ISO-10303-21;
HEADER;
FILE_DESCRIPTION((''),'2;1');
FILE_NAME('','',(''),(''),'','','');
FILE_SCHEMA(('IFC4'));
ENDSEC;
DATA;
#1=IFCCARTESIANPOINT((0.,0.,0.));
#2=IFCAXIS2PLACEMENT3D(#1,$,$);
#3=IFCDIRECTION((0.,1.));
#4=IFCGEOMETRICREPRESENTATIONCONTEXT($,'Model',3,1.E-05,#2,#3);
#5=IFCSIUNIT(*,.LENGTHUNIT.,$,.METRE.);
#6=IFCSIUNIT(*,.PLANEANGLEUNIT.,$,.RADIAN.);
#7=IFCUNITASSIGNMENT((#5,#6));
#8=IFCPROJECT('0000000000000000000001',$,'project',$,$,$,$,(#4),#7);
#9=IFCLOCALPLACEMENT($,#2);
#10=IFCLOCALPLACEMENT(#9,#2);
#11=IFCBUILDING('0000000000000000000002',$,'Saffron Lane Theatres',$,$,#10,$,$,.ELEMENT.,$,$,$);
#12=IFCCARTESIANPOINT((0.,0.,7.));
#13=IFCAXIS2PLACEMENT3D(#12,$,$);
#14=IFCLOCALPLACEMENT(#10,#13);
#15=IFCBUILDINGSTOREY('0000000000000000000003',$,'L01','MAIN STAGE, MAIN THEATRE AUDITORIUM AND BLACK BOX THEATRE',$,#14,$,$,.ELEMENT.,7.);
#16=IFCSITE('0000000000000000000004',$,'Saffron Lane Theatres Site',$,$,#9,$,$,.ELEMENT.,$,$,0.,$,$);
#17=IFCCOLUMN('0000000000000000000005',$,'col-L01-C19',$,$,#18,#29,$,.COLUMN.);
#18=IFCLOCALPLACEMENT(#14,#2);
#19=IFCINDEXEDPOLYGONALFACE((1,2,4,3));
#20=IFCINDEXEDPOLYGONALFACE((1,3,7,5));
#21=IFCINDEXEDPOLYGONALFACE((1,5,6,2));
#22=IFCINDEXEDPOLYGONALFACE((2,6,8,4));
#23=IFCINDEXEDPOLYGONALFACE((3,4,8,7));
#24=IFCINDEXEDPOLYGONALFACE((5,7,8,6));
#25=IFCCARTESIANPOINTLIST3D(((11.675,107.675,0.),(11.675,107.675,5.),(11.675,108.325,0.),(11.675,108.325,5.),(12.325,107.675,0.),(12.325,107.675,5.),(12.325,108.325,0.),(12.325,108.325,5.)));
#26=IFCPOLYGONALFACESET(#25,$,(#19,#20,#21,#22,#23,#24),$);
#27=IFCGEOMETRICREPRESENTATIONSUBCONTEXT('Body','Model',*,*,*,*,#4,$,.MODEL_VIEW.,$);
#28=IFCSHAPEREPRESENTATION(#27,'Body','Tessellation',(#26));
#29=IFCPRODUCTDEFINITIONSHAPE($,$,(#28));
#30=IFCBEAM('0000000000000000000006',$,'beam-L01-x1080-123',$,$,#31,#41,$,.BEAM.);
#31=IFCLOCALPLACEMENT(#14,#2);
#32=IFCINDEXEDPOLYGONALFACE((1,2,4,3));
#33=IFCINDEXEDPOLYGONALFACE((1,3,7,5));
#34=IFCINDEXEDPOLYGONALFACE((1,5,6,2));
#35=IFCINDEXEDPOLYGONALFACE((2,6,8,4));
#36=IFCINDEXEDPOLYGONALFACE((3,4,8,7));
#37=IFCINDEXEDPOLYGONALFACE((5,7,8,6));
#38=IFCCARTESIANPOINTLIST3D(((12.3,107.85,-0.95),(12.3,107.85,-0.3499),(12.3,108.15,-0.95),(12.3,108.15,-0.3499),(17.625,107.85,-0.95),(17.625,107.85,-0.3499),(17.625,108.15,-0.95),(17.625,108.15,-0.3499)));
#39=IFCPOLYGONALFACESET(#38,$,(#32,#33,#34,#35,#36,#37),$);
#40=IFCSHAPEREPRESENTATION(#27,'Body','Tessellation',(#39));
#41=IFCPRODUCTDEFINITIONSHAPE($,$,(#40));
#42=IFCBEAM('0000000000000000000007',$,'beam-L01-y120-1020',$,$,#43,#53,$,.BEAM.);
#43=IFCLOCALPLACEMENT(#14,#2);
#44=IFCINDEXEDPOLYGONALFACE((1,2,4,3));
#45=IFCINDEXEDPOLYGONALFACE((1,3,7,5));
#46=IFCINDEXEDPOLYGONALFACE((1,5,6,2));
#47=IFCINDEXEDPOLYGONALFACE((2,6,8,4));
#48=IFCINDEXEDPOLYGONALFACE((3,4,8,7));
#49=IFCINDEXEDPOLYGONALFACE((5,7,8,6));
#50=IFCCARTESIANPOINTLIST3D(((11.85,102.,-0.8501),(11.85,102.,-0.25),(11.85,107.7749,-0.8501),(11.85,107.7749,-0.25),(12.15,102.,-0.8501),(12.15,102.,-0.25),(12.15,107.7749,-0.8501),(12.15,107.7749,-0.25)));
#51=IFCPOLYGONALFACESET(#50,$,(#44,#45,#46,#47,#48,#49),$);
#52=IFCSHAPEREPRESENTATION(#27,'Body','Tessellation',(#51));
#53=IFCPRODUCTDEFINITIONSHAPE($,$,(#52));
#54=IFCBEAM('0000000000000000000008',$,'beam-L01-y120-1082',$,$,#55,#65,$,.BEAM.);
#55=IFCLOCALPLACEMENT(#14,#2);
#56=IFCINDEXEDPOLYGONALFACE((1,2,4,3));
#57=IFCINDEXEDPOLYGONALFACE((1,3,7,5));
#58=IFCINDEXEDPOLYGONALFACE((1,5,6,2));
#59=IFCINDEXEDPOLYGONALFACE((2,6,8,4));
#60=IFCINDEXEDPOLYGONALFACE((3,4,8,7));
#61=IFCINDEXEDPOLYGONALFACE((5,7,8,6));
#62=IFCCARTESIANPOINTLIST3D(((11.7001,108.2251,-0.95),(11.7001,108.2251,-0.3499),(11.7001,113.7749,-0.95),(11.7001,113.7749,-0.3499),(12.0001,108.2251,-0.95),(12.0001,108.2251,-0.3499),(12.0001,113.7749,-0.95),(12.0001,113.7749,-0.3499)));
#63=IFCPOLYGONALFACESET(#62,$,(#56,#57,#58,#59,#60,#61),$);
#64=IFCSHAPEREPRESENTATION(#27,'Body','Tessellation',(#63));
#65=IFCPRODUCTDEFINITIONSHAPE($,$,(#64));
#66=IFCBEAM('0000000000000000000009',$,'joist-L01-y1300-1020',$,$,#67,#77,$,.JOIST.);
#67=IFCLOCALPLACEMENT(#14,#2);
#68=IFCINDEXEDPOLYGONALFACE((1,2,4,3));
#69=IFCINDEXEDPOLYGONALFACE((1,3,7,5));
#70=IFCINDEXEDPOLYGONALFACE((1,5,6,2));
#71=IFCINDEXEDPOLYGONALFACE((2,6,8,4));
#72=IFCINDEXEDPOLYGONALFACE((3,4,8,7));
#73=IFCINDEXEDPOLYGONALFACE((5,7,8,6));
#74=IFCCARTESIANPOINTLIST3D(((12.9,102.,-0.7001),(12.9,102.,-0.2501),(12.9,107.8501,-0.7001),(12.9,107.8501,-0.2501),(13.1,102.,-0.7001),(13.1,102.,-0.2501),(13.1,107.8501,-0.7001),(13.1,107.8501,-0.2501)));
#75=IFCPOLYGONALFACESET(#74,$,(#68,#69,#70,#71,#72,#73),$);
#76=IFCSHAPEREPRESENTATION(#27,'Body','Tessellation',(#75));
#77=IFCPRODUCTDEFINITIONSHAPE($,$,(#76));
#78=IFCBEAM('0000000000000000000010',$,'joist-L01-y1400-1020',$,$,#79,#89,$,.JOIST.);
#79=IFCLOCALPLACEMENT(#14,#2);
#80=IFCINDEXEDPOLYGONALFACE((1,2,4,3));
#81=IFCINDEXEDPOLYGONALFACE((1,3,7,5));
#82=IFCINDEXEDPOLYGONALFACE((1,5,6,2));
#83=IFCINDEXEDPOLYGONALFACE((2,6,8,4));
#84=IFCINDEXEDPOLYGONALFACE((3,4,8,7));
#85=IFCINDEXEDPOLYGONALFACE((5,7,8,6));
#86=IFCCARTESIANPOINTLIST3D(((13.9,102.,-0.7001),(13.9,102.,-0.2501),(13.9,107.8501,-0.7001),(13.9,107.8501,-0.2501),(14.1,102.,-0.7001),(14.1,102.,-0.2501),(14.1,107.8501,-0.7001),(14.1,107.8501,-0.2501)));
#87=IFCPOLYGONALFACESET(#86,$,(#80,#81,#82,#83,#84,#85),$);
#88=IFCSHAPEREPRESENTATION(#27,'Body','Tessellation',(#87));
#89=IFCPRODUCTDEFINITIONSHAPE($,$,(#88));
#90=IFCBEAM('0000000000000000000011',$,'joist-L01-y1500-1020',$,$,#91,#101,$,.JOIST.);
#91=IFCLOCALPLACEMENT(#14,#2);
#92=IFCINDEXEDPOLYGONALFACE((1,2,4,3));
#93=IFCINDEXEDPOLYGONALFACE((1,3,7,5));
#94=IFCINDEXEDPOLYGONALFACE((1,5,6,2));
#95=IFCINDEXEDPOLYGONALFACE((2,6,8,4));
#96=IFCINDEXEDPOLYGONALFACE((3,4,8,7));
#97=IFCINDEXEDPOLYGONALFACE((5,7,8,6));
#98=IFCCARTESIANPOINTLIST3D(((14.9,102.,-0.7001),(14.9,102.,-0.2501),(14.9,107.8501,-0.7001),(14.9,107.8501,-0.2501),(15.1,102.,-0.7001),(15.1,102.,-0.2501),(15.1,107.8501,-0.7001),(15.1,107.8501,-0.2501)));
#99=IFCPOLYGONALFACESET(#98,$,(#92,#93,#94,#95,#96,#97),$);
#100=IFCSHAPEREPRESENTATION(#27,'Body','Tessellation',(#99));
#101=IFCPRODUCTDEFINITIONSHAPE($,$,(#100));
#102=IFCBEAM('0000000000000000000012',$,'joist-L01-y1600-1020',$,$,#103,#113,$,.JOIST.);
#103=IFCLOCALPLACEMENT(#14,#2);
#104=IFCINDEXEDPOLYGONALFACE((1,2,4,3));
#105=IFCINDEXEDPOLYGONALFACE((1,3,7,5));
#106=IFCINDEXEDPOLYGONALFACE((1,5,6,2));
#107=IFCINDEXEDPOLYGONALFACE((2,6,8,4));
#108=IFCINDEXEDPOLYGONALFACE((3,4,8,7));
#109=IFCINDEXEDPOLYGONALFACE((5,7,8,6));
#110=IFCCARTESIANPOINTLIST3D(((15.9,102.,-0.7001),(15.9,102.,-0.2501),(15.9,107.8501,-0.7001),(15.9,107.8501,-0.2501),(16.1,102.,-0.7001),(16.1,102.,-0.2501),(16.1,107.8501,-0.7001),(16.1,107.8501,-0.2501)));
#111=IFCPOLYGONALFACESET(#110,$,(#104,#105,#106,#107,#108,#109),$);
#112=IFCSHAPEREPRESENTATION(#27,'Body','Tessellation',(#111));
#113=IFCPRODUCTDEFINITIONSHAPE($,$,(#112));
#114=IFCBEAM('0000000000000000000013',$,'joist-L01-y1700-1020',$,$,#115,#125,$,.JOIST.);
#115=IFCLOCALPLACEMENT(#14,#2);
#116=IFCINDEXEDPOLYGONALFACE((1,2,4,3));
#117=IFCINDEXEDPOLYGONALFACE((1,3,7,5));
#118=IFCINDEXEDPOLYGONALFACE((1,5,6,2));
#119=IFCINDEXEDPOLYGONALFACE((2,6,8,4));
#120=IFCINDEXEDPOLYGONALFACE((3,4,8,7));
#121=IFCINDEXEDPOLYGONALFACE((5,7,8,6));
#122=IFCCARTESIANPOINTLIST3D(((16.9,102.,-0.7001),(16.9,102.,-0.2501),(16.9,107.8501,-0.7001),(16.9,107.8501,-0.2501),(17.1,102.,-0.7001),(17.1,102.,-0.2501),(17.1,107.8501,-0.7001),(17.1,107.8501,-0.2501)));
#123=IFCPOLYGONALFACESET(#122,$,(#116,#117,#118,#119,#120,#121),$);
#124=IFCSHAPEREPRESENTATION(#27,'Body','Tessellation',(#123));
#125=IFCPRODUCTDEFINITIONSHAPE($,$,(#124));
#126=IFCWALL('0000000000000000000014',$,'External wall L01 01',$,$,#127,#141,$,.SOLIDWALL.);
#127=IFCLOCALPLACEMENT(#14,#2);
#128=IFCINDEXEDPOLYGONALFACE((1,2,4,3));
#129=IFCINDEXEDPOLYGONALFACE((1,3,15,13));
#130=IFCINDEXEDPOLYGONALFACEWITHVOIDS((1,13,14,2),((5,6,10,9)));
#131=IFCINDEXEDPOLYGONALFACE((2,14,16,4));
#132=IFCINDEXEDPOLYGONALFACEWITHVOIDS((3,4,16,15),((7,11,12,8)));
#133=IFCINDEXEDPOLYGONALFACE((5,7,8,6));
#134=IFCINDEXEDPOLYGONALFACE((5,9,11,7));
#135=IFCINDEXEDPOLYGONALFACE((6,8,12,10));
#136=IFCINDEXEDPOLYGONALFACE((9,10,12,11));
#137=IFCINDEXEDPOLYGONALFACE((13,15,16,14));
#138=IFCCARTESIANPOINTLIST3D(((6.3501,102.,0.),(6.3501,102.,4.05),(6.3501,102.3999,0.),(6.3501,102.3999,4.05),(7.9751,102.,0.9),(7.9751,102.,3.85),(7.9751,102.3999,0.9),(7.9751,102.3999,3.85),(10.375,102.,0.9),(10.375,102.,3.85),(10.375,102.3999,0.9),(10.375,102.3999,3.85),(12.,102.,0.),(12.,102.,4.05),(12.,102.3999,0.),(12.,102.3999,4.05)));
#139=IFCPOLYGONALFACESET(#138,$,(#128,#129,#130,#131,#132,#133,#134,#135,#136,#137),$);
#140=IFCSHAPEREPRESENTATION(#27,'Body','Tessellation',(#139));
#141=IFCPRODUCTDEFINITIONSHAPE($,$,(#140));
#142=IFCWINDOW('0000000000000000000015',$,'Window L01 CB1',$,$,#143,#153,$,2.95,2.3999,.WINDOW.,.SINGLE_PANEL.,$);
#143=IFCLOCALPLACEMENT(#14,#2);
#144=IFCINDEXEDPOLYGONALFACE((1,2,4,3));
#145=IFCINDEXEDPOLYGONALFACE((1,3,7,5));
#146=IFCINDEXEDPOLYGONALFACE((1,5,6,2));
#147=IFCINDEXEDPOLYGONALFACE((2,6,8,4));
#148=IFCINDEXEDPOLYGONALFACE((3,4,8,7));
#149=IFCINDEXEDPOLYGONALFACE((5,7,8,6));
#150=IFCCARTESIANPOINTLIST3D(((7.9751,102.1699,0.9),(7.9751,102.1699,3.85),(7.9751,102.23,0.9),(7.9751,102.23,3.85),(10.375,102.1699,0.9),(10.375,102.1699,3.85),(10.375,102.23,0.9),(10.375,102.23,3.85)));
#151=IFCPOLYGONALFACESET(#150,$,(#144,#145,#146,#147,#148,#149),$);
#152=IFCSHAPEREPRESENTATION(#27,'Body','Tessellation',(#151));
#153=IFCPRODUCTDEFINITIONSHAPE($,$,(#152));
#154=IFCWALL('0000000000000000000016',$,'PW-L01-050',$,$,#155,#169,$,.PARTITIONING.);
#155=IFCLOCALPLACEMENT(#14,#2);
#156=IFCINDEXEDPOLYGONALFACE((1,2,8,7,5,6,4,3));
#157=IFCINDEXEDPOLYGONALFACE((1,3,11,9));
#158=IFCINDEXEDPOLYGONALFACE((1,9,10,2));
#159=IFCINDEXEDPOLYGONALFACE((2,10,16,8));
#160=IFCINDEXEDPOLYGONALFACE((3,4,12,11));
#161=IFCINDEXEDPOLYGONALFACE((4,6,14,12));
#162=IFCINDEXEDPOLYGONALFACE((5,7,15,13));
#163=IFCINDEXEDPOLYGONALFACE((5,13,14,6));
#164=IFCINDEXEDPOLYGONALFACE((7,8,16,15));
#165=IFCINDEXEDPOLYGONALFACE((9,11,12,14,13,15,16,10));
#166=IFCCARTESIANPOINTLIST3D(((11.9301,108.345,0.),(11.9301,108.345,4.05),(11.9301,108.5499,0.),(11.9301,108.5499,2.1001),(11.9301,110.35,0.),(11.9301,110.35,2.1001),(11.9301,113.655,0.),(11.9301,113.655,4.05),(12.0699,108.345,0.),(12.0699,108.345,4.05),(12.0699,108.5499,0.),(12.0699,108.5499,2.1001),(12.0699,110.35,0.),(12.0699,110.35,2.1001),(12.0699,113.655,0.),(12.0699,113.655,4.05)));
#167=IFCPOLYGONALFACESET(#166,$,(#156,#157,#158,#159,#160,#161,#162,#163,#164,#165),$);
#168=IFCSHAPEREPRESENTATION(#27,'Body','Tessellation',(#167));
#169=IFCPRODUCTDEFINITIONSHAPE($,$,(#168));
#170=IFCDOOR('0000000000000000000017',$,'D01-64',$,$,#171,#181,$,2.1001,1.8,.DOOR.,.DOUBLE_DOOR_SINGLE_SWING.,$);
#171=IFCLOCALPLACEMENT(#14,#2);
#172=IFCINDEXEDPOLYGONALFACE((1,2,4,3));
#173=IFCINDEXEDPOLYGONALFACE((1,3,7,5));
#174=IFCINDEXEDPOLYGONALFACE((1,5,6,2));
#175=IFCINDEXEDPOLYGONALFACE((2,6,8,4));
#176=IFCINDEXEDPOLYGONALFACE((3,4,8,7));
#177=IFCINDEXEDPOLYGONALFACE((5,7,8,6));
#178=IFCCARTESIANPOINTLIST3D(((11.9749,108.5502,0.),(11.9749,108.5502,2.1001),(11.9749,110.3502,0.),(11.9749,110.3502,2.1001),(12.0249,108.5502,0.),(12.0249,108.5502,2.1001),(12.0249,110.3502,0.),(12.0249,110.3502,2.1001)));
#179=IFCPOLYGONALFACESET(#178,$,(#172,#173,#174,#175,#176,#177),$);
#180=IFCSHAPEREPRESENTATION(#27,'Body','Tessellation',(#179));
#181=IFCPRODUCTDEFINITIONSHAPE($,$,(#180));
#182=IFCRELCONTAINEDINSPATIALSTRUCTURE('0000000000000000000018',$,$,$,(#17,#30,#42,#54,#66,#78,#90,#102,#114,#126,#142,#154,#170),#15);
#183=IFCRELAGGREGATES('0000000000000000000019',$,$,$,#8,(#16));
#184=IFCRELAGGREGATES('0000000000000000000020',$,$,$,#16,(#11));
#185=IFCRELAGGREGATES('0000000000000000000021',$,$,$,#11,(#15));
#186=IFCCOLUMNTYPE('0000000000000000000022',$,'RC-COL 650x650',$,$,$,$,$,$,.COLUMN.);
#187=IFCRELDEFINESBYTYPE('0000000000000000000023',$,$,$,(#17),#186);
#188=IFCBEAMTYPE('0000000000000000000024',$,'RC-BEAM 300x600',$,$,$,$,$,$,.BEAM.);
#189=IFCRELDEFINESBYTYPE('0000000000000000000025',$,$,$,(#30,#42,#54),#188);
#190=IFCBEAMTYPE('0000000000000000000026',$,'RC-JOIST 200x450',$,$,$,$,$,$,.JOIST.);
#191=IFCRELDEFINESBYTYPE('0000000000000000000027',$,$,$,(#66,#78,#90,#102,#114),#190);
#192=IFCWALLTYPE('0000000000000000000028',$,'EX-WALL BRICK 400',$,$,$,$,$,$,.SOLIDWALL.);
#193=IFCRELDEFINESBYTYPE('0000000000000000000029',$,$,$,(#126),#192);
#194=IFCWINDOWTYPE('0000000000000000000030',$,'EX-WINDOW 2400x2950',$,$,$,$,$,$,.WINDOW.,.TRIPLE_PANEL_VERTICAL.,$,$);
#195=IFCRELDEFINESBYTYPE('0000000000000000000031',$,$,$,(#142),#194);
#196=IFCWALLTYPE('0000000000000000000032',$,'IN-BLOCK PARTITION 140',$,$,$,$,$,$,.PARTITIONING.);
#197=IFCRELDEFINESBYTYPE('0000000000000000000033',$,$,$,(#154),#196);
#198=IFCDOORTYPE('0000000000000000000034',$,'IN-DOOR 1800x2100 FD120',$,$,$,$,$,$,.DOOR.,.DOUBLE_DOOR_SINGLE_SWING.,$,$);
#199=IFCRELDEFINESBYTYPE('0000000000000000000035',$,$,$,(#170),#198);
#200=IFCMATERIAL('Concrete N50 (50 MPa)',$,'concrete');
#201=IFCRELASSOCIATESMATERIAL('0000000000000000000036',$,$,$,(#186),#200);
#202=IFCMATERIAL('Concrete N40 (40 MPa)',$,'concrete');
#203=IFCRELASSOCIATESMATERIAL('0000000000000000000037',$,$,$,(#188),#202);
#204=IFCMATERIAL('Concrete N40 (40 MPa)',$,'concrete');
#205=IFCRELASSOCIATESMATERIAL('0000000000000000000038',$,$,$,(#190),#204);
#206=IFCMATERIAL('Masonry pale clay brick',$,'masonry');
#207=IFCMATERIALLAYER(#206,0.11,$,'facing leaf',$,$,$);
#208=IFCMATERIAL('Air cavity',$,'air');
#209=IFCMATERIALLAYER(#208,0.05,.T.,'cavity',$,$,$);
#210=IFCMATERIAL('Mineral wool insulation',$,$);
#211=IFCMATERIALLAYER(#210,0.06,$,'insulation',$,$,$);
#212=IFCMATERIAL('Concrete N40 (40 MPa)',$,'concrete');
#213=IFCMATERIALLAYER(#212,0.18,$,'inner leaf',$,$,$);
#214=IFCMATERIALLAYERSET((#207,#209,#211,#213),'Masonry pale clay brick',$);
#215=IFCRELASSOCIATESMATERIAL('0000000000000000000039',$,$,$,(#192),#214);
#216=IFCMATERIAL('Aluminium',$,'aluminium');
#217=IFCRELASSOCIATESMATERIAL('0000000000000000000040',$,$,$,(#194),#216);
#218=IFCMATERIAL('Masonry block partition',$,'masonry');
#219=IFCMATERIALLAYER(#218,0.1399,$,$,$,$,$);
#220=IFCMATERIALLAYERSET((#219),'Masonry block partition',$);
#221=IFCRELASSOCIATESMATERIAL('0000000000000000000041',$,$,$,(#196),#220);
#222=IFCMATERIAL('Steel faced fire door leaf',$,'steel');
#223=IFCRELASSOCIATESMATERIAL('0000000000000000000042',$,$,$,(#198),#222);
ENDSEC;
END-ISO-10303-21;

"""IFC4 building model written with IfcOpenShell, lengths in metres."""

from ifc_helpers import new_model, si_unit, direction, frame, frame_2d, origin, origin_2d, place, context, subcontext, project, spatial, rectangle, extrude, material, layer, layer_set, material_profile, profile_set, type_object, element, fill, save


model = new_model("IFC4")

# Units and contexts
model_context = context("Model", 3, precision=1e-05, world=origin(), true_north=direction((0.0, 1.0)))
body_context = subcontext(model_context, "Body", "Model", "MODEL_VIEW")
ifc_project = project(units=[si_unit("LENGTHUNIT", "METRE"), si_unit("PLANEANGLEUNIT", "RADIAN")], contexts=[model_context])

# Site, building, storey
site_placement = place(None, origin())
site = spatial("IfcSite", under=ifc_project, at=site_placement, Name="Saffron Lane Theatres Site", CompositionType="ELEMENT", RefElevation=0.0)
building_placement = place(site_placement, origin())
building = spatial("IfcBuilding", under=site, at=building_placement, Name="Saffron Lane Theatres", CompositionType="ELEMENT")
storey_placement = place(building_placement, frame((0.0, 0.0, 7.0)))
storey = spatial("IfcBuildingStorey", under=building, at=storey_placement, Name="L01", Description="MAIN STAGE, MAIN THEATRE AUDITORIUM AND BLACK BOX THEATRE", CompositionType="ELEMENT", Elevation=7.0)

# Column
ifc_material_1 = material(Name="Concrete N50 (50 MPa)", Category="concrete")
ifc_material_profile_1 = material_profile(ifc_material_1, rectangle(XDim=0.6499, YDim=0.6499, at=origin_2d()))
ifc_profile_set_1 = profile_set([ifc_material_profile_1], Name="Concrete N50 (50 MPa)")
column_type = type_object("IfcColumnType", Name="RC-COL 650x650", PredefinedType="COLUMN", material=ifc_profile_set_1)
column_placement = place(storey_placement, frame((12.0, 108.0, 0.0), z_axis=(0.0, 0.0, 1.0), x_axis=(1.0, 0.0, 0.0)))
element("IfcColumn", 1, at=column_placement, inside=storey, type_object=column_type, Name="col-L01-C19", PredefinedType="COLUMN", context=body_context, shape_type="SweptSolid", body=[
    extrude(rectangle(XDim=0.6499, YDim=0.6499, at=origin_2d()), origin(), (0.0, 0.0, 1.0), 5.0),
])

# Beams
ifc_material_2 = material(Name="Concrete N40 (40 MPa)", Category="concrete")
ifc_material_profile_2 = material_profile(ifc_material_2, rectangle(XDim=0.3, YDim=0.6001, at=origin_2d()))
ifc_profile_set_2 = profile_set([ifc_material_profile_2], Name="Concrete N40 (40 MPa)")
beam_type_1 = type_object("IfcBeamType", Name="RC-BEAM 300x600", PredefinedType="BEAM", material=ifc_profile_set_2)
beam_1_placement = place(storey_placement, frame((12.3, 108.0, -0.6499), z_axis=(1.0, 0.0, 0.0), x_axis=(0.0, 1.0, 0.0)))
element("IfcBeam", 2, at=beam_1_placement, inside=storey, type_object=beam_type_1, Name="beam-L01-x1080-123", PredefinedType="BEAM", context=body_context, shape_type="SweptSolid", body=[
    extrude(rectangle(XDim=0.3, YDim=0.6001, at=origin_2d()), origin(), (0.0, 0.0, 1.0), 5.325),
])
beam_2_placement = place(storey_placement, frame((12.0, 102.0, -0.55), z_axis=(0.0, 1.0, 0.0), x_axis=(-1.0, 0.0, 0.0)))
element("IfcBeam", 3, at=beam_2_placement, inside=storey, type_object=beam_type_1, Name="beam-L01-y120-1020", PredefinedType="BEAM", context=body_context, shape_type="SweptSolid", body=[
    extrude(rectangle(XDim=0.3, YDim=0.6001, at=origin_2d()), origin(), (0.0, 0.0, 1.0), 5.7749),
])
beam_3_placement = place(storey_placement, frame((11.8501, 108.2251, -0.6499), z_axis=(0.0, 1.0, 0.0), x_axis=(-1.0, 0.0, 0.0)))
element("IfcBeam", 4, at=beam_3_placement, inside=storey, type_object=beam_type_1, Name="beam-L01-y120-1082", PredefinedType="BEAM", context=body_context, shape_type="SweptSolid", body=[
    extrude(rectangle(XDim=0.3, YDim=0.6001, at=origin_2d()), origin(), (0.0, 0.0, 1.0), 5.5498),
])
ifc_material_3 = material(Name="Concrete N40 (40 MPa)", Category="concrete")
ifc_material_profile_3 = material_profile(ifc_material_3, rectangle(XDim=0.2, YDim=0.45, at=origin_2d()))
ifc_profile_set_3 = profile_set([ifc_material_profile_3], Name="Concrete N40 (40 MPa)")
beam_type_2 = type_object("IfcBeamType", Name="RC-JOIST 200x450", PredefinedType="JOIST", material=ifc_profile_set_3)
for number, where, z_axis, x_axis, name in (
    (5, (13.0, 102.0, -0.4751), (0.0, 1.0, 0.0), (-1.0, 0.0, 0.0), "joist-L01-y1300-1020"),
    (6, (14.0, 102.0, -0.4751), (0.0, 1.0, 0.0), (-1.0, 0.0, 0.0), "joist-L01-y1400-1020"),
    (7, (15.0, 102.0, -0.4751), (0.0, 1.0, 0.0), (-1.0, 0.0, 0.0), "joist-L01-y1500-1020"),
    (8, (16.0, 102.0, -0.4751), (0.0, 1.0, 0.0), (-1.0, 0.0, 0.0), "joist-L01-y1600-1020"),
    (9, (17.0, 102.0, -0.4751), (0.0, 1.0, 0.0), (-1.0, 0.0, 0.0), "joist-L01-y1700-1020"),
):
    element("IfcBeam", number, at=place(storey_placement, frame(where, z_axis=z_axis, x_axis=x_axis)), inside=storey, type_object=beam_type_2, Name=name, PredefinedType="JOIST", context=body_context, shape_type="SweptSolid", body=[
        extrude(rectangle(XDim=0.2, YDim=0.45, at=origin_2d()), origin(), (0.0, 0.0, 1.0), 5.8501),
    ])

# Wall, opening, window
ifc_material_4 = material(Name="Masonry pale clay brick", Category="masonry")
ifc_layer_1 = layer(ifc_material_4, 0.11, Name="facing leaf")
ifc_material_5 = material(Name="Air cavity", Category="air")
ifc_layer_2 = layer(ifc_material_5, 0.05, ventilated=True, Name="cavity")
ifc_material_6 = material(Name="Mineral wool insulation")
ifc_layer_3 = layer(ifc_material_6, 0.06, Name="insulation")
ifc_material_7 = material(Name="Concrete N40 (40 MPa)", Category="concrete")
ifc_layer_4 = layer(ifc_material_7, 0.18, Name="inner leaf")
ifc_layer_set_1 = layer_set([ifc_layer_1, ifc_layer_2, ifc_layer_3, ifc_layer_4], Name="Masonry pale clay brick")
wall_type_1 = type_object("IfcWallType", Name="EX-WALL BRICK 400", PredefinedType="SOLIDWALL", material=ifc_layer_set_1)
wall_1_placement = place(storey_placement, frame((12.0, 102.2, 0.0), z_axis=(0.0, 0.0, 1.0), x_axis=(-1.0, 0.0, 0.0)))
wall_1 = element("IfcWall", 10, at=wall_1_placement, inside=storey, type_object=wall_type_1, Name="External wall L01 01", PredefinedType="SOLIDWALL", context=body_context, shape_type="SweptSolid", body=[
    extrude(rectangle(XDim=5.6499, YDim=0.3999, at=frame_2d((2.825, 0.0))), origin(), (0.0, 0.0, 1.0), 4.05),
])
opening_1_placement = place(wall_1_placement, frame((1.625, 0.0, 0.8999)))
opening_1 = element("IfcOpeningElement", 11, at=opening_1_placement, cuts=wall_1, PredefinedType="OPENING", context=body_context, shape_type="SweptSolid", body=[
    extrude(rectangle(XDim=2.3999, YDim=2.95, at=frame_2d((1.2, 1.4751))), frame((0.0, 0.21, 0.0), z_axis=(0.0, -1.0, 0.0), x_axis=(1.0, 0.0, 0.0)), (0.0, 0.0, 1.0), 0.4199),
])
ifc_material_8 = material(Name="Aluminium", Category="aluminium")
window_type = type_object("IfcWindowType", Name="EX-WINDOW 2400x2950", PartitioningType="TRIPLE_PANEL_VERTICAL", PredefinedType="WINDOW", material=ifc_material_8)
window_placement = place(opening_1_placement, origin())
window = element("IfcWindow", 12, at=window_placement, inside=storey, type_object=window_type, Name="Window L01 CB1", OverallHeight=2.95, OverallWidth=2.3999, PartitioningType="SINGLE_PANEL", PredefinedType="WINDOW", context=body_context, shape_type="SweptSolid", body=[
    extrude(rectangle(XDim=2.3999, YDim=2.95, at=frame_2d((1.2, 1.4751))), frame((0.0, 0.03, 0.0), z_axis=(0.0, -1.0, 0.0), x_axis=(1.0, 0.0, 0.0)), (0.0, 0.0, 1.0), 0.0601),
])
fill(opening_1, window)

# Wall, opening, door
ifc_material_9 = material(Name="Masonry block partition", Category="masonry")
ifc_layer_5 = layer(ifc_material_9, 0.1399)
ifc_layer_set_2 = layer_set([ifc_layer_5], Name="Masonry block partition")
wall_type_2 = type_object("IfcWallType", Name="IN-BLOCK PARTITION 140", PredefinedType="PARTITIONING", material=ifc_layer_set_2)
wall_2_placement = place(storey_placement, frame((12.0, 108.345, 0.0), z_axis=(0.0, 0.0, 1.0), x_axis=(0.0, 1.0, 0.0)))
wall_2 = element("IfcWall", 13, at=wall_2_placement, inside=storey, type_object=wall_type_2, Name="PW-L01-050", PredefinedType="PARTITIONING", context=body_context, shape_type="SweptSolid", body=[
    extrude(rectangle(XDim=5.3101, YDim=0.1399, at=frame_2d((2.655, 0.0))), origin(), (0.0, 0.0, 1.0), 4.05),
])
opening_2_placement = place(wall_2_placement, frame((0.2051, 0.0, 0.0)))
opening_2 = element("IfcOpeningElement", 14, at=opening_2_placement, cuts=wall_2, PredefinedType="OPENING", context=body_context, shape_type="SweptSolid", body=[
    extrude(rectangle(XDim=1.8, YDim=2.1001, at=frame_2d((0.8999, 1.05))), frame((0.0, 0.0801, 0.0), z_axis=(0.0, -1.0, 0.0), x_axis=(1.0, 0.0, 0.0)), (0.0, 0.0, 1.0), 0.1599),
])
ifc_material_10 = material(Name="Steel faced fire door leaf", Category="steel")
door_type_1 = type_object("IfcDoorType", Name="IN-DOOR 1800x2100 FD120", OperationType="DOUBLE_DOOR_SINGLE_SWING", PredefinedType="DOOR", material=ifc_material_10)
door_1_placement = place(opening_2_placement, frame((1.8, 0.0, 0.0), z_axis=(0.0, 0.0, 1.0), x_axis=(-1.0, 0.0, 0.0)))
door_1 = element("IfcDoor", 15, at=door_1_placement, inside=storey, type_object=door_type_1, Name="D01-64", OperationType="DOUBLE_DOOR_SINGLE_SWING", OverallHeight=2.1001, OverallWidth=1.8, PredefinedType="DOOR", context=body_context, shape_type="SweptSolid", body=[
    extrude(rectangle(XDim=1.8, YDim=2.1001, at=frame_2d((0.8999, 1.05))), frame((0.0, 0.0249, 0.0), z_axis=(0.0, -1.0, 0.0), x_axis=(1.0, 0.0, 0.0)), (0.0, 0.0, 1.0), 0.05),
])
fill(opening_2, door_1)

save(model, "model.ifc")
